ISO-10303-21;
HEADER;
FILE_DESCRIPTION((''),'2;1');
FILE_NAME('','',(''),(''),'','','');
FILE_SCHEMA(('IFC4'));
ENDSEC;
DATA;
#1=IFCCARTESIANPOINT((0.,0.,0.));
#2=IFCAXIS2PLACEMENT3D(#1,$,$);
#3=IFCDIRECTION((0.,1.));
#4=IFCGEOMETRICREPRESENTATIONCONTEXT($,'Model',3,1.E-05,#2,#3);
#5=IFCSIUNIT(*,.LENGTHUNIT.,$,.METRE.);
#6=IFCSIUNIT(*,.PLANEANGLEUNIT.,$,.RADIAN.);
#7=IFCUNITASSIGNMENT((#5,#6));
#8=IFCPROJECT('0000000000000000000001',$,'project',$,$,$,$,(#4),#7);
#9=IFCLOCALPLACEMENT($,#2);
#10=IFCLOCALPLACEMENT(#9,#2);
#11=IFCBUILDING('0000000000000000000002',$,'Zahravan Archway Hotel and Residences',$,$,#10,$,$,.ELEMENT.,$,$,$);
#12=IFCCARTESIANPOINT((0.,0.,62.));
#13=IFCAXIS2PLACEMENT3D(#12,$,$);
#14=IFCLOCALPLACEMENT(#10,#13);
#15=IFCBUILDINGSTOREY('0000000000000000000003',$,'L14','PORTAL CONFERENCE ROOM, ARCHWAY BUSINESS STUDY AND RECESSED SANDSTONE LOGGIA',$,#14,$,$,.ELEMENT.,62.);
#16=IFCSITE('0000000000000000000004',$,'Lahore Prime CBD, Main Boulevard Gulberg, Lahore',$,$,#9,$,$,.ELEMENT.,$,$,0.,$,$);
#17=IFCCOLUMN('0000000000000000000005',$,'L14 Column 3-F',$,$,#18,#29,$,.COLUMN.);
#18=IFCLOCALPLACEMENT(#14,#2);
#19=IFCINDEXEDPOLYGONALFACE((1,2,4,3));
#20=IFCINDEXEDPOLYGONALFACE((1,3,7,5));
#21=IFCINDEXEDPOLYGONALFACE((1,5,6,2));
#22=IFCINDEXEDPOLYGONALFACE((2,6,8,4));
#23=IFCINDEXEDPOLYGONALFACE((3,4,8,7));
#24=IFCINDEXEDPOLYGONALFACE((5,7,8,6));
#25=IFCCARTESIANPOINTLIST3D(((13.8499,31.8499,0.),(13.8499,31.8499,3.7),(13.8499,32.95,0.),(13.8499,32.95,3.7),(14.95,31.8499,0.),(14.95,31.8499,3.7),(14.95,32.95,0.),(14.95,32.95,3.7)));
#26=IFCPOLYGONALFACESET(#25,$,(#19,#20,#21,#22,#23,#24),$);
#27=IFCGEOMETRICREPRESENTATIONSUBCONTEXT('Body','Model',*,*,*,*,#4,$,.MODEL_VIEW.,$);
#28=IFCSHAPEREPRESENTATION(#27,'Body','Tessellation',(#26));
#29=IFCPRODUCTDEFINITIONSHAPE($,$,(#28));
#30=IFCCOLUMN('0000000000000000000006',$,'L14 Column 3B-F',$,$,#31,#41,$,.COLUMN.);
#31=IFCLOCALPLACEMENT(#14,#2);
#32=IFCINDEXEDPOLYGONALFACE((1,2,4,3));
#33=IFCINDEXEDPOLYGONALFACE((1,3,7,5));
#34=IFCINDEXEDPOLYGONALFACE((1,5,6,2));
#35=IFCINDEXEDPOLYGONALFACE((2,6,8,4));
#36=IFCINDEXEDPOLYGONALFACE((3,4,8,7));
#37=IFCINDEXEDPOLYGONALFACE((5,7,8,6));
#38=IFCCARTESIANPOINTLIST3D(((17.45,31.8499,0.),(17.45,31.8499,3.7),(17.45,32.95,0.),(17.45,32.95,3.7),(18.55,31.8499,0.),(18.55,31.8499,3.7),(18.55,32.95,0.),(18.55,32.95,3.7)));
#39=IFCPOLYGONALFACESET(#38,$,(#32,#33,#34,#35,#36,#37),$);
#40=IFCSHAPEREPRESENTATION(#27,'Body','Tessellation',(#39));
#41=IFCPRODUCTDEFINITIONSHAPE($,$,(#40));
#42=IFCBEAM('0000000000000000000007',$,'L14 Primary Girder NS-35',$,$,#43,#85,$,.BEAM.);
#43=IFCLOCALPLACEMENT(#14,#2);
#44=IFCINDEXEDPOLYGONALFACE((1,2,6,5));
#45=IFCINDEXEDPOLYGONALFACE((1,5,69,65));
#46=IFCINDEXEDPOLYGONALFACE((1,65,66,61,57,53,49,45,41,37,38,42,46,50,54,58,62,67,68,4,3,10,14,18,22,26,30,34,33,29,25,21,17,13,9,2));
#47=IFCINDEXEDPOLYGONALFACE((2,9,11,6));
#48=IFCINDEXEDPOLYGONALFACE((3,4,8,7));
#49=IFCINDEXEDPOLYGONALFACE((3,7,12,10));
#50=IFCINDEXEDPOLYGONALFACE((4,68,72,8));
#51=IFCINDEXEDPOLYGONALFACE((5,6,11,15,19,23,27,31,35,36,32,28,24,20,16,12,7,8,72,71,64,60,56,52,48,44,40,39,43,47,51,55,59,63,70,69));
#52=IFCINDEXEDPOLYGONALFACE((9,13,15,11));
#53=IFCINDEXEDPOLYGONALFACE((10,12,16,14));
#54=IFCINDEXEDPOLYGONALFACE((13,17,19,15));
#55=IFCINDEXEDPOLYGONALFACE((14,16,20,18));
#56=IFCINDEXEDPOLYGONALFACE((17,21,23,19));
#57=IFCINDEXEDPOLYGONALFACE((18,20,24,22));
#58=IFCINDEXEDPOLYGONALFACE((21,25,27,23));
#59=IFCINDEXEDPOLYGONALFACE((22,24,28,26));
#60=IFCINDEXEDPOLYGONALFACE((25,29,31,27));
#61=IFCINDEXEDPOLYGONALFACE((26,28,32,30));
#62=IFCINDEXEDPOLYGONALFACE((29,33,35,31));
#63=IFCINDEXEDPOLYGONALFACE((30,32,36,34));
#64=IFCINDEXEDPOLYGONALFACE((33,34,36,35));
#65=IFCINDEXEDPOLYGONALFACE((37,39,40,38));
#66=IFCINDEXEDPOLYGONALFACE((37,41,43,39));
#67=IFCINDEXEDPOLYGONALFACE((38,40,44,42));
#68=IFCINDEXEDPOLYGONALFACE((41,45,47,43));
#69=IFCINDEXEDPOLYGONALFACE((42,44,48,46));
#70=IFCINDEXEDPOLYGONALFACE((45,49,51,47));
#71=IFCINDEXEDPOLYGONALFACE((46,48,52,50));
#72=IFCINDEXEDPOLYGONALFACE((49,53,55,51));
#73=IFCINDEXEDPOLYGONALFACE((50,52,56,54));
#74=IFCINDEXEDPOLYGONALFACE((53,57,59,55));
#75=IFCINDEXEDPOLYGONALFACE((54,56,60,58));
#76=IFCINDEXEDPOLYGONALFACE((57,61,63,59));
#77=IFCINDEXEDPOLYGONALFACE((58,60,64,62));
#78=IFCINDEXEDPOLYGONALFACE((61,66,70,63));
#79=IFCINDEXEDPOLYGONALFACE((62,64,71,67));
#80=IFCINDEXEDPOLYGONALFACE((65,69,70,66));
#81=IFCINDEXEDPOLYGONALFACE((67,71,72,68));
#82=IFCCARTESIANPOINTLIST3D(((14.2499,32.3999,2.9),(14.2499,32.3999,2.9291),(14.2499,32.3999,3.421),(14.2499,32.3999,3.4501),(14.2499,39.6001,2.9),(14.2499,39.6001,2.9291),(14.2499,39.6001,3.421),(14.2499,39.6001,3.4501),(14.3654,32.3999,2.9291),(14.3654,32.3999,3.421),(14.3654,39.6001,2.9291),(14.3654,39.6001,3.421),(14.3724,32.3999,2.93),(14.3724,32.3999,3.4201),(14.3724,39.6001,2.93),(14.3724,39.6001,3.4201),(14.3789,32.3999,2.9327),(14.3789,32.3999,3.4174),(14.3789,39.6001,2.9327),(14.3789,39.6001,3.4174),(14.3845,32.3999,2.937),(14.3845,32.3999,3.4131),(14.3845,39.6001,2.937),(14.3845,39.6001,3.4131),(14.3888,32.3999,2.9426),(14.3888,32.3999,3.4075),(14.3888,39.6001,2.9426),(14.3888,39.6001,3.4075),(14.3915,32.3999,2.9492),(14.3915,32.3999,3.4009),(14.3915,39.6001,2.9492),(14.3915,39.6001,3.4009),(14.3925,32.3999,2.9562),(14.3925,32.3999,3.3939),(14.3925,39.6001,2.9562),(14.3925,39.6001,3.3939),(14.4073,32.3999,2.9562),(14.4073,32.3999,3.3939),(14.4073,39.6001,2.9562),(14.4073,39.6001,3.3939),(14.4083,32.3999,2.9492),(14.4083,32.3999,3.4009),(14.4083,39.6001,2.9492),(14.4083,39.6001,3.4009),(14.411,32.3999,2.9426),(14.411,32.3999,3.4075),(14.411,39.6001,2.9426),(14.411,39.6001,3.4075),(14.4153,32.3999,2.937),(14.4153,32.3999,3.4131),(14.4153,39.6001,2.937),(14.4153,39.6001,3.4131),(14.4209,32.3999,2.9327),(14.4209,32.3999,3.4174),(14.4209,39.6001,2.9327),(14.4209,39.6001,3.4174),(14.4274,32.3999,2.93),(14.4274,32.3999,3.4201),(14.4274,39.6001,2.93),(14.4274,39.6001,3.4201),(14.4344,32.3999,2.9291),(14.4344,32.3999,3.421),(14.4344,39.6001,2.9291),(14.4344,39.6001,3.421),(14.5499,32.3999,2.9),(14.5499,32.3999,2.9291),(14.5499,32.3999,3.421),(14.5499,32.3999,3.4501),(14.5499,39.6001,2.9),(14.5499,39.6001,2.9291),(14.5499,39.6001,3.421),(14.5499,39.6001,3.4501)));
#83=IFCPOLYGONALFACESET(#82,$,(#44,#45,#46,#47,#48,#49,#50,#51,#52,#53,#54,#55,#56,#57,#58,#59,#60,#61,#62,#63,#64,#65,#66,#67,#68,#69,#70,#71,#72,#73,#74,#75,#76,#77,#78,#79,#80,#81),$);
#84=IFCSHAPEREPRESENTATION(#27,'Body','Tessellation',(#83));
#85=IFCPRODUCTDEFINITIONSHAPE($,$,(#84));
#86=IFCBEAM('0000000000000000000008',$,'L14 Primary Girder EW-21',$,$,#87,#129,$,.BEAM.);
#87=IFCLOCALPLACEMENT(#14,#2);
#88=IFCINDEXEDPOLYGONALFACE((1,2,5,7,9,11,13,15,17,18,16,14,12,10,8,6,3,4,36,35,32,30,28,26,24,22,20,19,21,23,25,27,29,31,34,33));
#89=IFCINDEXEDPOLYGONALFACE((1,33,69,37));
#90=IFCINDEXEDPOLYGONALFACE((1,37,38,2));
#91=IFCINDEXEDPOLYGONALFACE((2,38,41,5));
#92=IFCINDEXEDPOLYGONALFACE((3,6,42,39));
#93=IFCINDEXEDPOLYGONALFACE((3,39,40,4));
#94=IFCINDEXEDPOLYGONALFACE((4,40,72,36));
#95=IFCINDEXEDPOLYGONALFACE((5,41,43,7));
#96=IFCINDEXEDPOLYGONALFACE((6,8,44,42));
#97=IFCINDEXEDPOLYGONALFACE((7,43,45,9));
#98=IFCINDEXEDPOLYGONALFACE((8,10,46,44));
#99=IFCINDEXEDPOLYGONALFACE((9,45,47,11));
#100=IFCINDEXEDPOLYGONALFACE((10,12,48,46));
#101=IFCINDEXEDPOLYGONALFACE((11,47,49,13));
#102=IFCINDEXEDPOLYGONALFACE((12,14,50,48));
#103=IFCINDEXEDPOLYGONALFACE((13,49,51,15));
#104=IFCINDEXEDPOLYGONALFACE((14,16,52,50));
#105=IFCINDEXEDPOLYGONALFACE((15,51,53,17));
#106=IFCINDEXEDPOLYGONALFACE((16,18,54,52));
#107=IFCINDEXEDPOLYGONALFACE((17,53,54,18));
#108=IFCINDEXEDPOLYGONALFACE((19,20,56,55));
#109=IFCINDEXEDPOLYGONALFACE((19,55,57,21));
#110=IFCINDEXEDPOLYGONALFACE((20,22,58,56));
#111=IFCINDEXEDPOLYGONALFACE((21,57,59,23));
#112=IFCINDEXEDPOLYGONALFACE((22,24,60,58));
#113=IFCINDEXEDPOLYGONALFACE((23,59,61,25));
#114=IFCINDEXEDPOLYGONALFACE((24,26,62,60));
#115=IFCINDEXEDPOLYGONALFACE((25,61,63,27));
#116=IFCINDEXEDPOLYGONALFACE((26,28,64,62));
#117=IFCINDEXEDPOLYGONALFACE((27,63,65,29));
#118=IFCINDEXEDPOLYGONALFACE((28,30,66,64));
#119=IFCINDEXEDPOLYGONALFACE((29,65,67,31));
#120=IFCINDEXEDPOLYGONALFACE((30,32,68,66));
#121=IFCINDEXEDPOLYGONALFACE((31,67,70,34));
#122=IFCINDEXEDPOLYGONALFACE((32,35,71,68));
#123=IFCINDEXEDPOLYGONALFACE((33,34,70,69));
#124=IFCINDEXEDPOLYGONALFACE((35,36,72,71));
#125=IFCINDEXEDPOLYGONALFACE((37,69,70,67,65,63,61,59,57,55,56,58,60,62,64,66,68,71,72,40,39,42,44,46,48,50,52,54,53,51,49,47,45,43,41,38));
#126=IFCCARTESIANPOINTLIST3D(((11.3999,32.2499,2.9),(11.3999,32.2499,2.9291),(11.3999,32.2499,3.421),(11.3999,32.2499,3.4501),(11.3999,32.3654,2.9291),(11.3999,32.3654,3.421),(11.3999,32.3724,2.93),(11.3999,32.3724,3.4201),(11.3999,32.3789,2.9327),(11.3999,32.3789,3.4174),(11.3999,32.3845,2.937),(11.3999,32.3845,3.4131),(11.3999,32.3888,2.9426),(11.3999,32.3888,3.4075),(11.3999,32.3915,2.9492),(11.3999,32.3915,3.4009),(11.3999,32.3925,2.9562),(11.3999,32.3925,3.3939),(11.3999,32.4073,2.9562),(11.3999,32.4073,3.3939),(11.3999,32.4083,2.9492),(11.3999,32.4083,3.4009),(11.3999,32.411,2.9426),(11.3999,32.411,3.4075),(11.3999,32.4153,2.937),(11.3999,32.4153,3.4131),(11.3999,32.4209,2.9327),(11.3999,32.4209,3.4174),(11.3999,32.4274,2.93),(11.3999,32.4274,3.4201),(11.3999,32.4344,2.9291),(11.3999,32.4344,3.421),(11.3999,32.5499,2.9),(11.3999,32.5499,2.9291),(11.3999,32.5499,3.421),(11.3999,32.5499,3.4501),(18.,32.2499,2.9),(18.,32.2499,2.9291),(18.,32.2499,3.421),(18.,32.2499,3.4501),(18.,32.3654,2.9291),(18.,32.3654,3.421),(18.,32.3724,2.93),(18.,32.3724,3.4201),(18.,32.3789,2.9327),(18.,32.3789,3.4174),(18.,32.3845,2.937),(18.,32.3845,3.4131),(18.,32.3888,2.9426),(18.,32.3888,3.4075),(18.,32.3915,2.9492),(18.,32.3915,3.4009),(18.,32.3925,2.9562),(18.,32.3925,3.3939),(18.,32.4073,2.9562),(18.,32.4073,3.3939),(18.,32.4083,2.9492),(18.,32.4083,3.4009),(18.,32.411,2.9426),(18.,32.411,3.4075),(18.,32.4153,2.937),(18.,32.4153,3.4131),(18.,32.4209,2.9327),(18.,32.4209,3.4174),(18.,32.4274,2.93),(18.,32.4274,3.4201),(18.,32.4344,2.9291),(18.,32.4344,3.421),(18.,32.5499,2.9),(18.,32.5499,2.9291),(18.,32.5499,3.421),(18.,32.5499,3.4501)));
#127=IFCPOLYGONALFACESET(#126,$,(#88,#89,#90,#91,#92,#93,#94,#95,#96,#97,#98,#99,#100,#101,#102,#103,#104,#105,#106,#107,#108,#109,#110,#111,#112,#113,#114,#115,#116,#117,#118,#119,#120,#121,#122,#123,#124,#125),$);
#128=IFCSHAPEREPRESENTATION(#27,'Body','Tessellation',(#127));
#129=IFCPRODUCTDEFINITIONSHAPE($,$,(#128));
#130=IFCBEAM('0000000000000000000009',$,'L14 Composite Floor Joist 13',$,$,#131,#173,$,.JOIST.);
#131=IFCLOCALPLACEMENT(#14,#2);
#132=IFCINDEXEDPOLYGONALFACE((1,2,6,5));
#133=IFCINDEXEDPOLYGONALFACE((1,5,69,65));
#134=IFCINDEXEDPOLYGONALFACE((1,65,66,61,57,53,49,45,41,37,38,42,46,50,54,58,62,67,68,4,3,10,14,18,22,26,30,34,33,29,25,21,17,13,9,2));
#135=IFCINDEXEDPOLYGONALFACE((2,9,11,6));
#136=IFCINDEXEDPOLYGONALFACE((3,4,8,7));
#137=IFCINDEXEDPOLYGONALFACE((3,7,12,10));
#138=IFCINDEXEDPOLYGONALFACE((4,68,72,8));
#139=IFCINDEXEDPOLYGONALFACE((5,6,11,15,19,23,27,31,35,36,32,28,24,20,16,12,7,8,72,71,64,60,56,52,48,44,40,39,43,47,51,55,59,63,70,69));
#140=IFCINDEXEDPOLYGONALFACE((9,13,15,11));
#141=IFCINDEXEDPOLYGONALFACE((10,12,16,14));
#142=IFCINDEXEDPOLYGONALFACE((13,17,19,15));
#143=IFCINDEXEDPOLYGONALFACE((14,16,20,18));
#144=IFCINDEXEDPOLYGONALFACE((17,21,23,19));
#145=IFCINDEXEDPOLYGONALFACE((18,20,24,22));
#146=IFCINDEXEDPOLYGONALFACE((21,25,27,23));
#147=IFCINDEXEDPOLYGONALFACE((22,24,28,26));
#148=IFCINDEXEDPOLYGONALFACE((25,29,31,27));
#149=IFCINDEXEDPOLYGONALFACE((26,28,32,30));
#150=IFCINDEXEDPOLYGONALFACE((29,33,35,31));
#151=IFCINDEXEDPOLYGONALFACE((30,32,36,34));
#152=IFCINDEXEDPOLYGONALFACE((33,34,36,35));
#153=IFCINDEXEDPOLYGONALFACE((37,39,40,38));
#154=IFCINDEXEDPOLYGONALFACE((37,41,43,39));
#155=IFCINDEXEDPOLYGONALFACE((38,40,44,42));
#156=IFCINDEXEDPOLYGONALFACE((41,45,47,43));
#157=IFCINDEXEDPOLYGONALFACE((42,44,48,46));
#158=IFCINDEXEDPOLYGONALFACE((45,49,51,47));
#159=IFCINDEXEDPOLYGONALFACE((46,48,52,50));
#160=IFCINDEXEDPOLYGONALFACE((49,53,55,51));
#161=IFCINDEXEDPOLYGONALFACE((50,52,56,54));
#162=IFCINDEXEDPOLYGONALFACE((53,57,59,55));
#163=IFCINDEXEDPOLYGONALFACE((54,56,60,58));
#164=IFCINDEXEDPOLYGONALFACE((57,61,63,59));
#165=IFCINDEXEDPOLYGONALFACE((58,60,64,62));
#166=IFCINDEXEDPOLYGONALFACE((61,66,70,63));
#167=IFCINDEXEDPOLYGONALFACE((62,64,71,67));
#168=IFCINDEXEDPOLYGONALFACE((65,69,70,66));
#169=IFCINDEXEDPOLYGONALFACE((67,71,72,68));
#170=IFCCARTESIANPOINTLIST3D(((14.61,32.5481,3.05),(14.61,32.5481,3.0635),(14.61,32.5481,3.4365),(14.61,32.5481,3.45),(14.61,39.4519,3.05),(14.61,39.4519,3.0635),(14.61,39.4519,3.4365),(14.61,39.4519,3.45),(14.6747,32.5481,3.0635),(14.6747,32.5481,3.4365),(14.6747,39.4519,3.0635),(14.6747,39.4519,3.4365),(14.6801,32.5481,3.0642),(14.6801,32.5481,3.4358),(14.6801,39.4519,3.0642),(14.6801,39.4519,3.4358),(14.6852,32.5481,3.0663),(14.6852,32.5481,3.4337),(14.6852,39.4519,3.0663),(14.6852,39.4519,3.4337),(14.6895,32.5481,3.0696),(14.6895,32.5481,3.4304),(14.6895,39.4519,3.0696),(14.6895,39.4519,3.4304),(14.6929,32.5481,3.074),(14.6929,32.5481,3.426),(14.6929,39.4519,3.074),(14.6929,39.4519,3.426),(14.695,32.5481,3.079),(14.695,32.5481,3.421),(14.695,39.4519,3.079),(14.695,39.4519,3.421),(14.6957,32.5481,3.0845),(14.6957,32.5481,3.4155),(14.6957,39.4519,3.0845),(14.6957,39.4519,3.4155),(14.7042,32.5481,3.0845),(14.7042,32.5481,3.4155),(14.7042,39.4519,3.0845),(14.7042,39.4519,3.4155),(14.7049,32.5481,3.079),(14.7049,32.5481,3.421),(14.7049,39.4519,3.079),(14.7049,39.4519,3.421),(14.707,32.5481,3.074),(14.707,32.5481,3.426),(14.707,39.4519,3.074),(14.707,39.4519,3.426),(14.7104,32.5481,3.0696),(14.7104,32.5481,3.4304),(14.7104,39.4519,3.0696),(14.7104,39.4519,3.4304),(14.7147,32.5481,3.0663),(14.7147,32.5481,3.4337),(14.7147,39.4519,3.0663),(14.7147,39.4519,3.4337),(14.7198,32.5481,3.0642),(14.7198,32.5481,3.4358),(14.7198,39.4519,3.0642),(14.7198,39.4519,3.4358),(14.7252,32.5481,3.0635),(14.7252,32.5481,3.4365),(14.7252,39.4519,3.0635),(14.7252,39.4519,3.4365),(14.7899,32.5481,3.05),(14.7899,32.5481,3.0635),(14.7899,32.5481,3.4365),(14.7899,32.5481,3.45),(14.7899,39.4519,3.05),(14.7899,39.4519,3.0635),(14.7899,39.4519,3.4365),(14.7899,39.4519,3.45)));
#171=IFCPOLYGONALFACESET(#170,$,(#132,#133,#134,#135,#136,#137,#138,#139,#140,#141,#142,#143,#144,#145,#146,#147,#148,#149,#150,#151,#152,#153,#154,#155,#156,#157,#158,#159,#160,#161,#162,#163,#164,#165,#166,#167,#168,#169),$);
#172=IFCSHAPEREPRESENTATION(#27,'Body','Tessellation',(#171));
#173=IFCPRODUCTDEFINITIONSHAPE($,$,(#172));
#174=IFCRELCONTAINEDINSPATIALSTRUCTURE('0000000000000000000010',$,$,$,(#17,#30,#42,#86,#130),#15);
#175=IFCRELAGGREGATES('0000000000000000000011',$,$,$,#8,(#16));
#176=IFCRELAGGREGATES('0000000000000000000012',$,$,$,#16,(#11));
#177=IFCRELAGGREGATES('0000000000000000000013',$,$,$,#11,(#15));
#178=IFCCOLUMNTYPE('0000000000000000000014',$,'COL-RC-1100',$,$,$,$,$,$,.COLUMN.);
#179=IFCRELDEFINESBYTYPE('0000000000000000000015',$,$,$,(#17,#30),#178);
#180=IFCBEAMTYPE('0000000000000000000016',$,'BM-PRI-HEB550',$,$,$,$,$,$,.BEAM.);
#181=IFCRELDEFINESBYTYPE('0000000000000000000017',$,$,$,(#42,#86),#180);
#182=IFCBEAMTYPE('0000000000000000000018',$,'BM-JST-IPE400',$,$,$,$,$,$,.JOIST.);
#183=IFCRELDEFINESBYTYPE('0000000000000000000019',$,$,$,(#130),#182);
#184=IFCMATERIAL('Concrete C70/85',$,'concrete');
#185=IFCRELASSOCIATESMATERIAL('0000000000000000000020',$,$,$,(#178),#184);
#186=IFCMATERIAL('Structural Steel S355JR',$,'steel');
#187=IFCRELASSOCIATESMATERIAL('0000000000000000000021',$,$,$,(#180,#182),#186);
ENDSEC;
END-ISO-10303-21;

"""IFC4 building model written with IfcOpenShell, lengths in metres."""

from ifc_helpers import new_model, si_unit, direction, frame, origin, origin_2d, place, context, subcontext, project, spatial, rectangle, i_section, extrude, source, transform, mapped, material, material_profile, profile_set, type_object, type_shapes, element, save


model = new_model("IFC4")

# Units and contexts
model_context = context("Model", 3, precision=1e-05, world=origin(), true_north=direction((0.0, 1.0)))
body_context = subcontext(model_context, "Body", "Model", "MODEL_VIEW")
ifc_project = project(units=[si_unit("LENGTHUNIT", "METRE"), si_unit("PLANEANGLEUNIT", "RADIAN")], contexts=[model_context])

# Site, building, storey
site_placement = place(None, origin())
site = spatial("IfcSite", under=ifc_project, at=site_placement, Name="Lahore Prime CBD, Main Boulevard Gulberg, Lahore", CompositionType="ELEMENT", RefElevation=0.0)
building_placement = place(site_placement, origin())
building = spatial("IfcBuilding", under=site, at=building_placement, Name="Zahravan Archway Hotel and Residences", CompositionType="ELEMENT")
storey_placement = place(building_placement, frame((0.0, 0.0, 62.0)))
storey = spatial("IfcBuildingStorey", under=building, at=storey_placement, Name="L14", Description="PORTAL CONFERENCE ROOM, ARCHWAY BUSINESS STUDY AND RECESSED SANDSTONE LOGGIA", CompositionType="ELEMENT", Elevation=62.0)

# Columns
ifc_material_1 = material(Name="Concrete C70/85", Category="concrete")
ifc_material_profile_1 = material_profile(ifc_material_1, rectangle(XDim=1.1001, YDim=1.1001, at=origin_2d()), Name="RC 1100x1100", Category="concrete")
ifc_profile_set_1 = profile_set([ifc_material_profile_1], Name="Concrete C70/85")
column_type = type_object("IfcColumnType", Name="COL-RC-1100", PredefinedType="COLUMN", material=ifc_profile_set_1)
shared_shape_1 = source(origin(), body_context, "Body", "SweptSolid", [
    extrude(rectangle(XDim=1.1001, YDim=1.1001, at=origin_2d()), origin(), (0.0, 0.0, 1.0), 3.7),
])
for number, where, z_axis, x_axis, name in (
    (1, (14.3999, 32.3999, 0.0), (0.0, 0.0, 1.0), (1.0, 0.0, 0.0), "L14 Column 3-F"),
    (2, (18.0, 32.3999, 0.0), (0.0, 0.0, 1.0), (1.0, 0.0, 0.0), "L14 Column 3B-F"),
):
    element("IfcColumn", number, at=place(storey_placement, frame(where, z_axis=z_axis, x_axis=x_axis)), inside=storey, type_object=column_type, Name=name, PredefinedType="COLUMN", context=body_context, shape_type="MappedRepresentation", body=[
        mapped(shared_shape_1, transform((0.0, 0.0, 0.0), scale=1.0)),
    ])

# Beams
ifc_material_2 = material(Name="Structural Steel S355JR", Category="steel")
ifc_material_profile_2 = material_profile(ifc_material_2, i_section(OverallWidth=0.3, OverallDepth=0.55, WebThickness=0.0149, FlangeThickness=0.0291, FilletRadius=0.0271, at=origin_2d()), Name="HEB 550", Category="steel")
ifc_profile_set_2 = profile_set([ifc_material_profile_2], Name="Structural Steel S355JR")
beam_type_1 = type_object("IfcBeamType", Name="BM-PRI-HEB550", PredefinedType="BEAM", material=ifc_profile_set_2)
shared_shape_2 = source(origin(), body_context, "Body", "SweptSolid", [
    extrude(i_section(OverallWidth=0.3, OverallDepth=0.55, WebThickness=0.0149, FlangeThickness=0.0291, FilletRadius=0.0271, at=origin_2d()), origin(), (0.0, 0.0, 1.0), 7.2002),
])
type_shapes(beam_type_1, [shared_shape_2])
beam_1_placement = place(storey_placement, frame((14.3999, 32.3999, 3.175), z_axis=(0.0, 1.0, 0.0), x_axis=(-1.0, 0.0, 0.0)))
element("IfcBeam", 3, at=beam_1_placement, inside=storey, type_object=beam_type_1, Name="L14 Primary Girder NS-35", PredefinedType="BEAM", context=body_context, shape_type="MappedRepresentation", body=[
    mapped(shared_shape_2, transform((0.0, 0.0, 0.0), scale=1.0)),
])
shared_shape_3 = source(origin(), body_context, "Body", "SweptSolid", [
    extrude(i_section(OverallWidth=0.3, OverallDepth=0.55, WebThickness=0.0149, FlangeThickness=0.0291, FilletRadius=0.0271, at=origin_2d()), origin(), (0.0, 0.0, 1.0), 6.6001),
])
beam_2_placement = place(storey_placement, frame((11.3999, 32.3999, 3.175), z_axis=(1.0, 0.0, 0.0), x_axis=(0.0, 1.0, 0.0)))
element("IfcBeam", 4, at=beam_2_placement, inside=storey, type_object=beam_type_1, Name="L14 Primary Girder EW-21", PredefinedType="BEAM", context=body_context, shape_type="MappedRepresentation", body=[
    mapped(shared_shape_3, transform((0.0, 0.0, 0.0), scale=1.0)),
])
ifc_material_profile_3 = material_profile(ifc_material_2, i_section(OverallWidth=0.1799, OverallDepth=0.3999, WebThickness=0.0085, FlangeThickness=0.0134, FilletRadius=0.021, at=origin_2d()), Name="IPE 400", Category="steel")
ifc_profile_set_3 = profile_set([ifc_material_profile_3], Name="Structural Steel S355JR")
beam_type_2 = type_object("IfcBeamType", Name="BM-JST-IPE400", PredefinedType="JOIST", material=ifc_profile_set_3)
shared_shape_4 = source(origin(), body_context, "Body", "SweptSolid", [
    extrude(i_section(OverallWidth=0.1799, OverallDepth=0.3999, WebThickness=0.0085, FlangeThickness=0.0134, FilletRadius=0.021, at=origin_2d()), origin(), (0.0, 0.0, 1.0), 6.9038),
])
beam_3_placement = place(storey_placement, frame((14.7, 32.5481, 3.25), z_axis=(0.0, 1.0, 0.0), x_axis=(-1.0, 0.0, 0.0)))
element("IfcBeam", 5, at=beam_3_placement, inside=storey, type_object=beam_type_2, Name="L14 Composite Floor Joist 13", PredefinedType="JOIST", context=body_context, shape_type="MappedRepresentation", body=[
    mapped(shared_shape_4, transform((0.0, 0.0, 0.0), scale=1.0)),
])

save(model, "model.ifc")
